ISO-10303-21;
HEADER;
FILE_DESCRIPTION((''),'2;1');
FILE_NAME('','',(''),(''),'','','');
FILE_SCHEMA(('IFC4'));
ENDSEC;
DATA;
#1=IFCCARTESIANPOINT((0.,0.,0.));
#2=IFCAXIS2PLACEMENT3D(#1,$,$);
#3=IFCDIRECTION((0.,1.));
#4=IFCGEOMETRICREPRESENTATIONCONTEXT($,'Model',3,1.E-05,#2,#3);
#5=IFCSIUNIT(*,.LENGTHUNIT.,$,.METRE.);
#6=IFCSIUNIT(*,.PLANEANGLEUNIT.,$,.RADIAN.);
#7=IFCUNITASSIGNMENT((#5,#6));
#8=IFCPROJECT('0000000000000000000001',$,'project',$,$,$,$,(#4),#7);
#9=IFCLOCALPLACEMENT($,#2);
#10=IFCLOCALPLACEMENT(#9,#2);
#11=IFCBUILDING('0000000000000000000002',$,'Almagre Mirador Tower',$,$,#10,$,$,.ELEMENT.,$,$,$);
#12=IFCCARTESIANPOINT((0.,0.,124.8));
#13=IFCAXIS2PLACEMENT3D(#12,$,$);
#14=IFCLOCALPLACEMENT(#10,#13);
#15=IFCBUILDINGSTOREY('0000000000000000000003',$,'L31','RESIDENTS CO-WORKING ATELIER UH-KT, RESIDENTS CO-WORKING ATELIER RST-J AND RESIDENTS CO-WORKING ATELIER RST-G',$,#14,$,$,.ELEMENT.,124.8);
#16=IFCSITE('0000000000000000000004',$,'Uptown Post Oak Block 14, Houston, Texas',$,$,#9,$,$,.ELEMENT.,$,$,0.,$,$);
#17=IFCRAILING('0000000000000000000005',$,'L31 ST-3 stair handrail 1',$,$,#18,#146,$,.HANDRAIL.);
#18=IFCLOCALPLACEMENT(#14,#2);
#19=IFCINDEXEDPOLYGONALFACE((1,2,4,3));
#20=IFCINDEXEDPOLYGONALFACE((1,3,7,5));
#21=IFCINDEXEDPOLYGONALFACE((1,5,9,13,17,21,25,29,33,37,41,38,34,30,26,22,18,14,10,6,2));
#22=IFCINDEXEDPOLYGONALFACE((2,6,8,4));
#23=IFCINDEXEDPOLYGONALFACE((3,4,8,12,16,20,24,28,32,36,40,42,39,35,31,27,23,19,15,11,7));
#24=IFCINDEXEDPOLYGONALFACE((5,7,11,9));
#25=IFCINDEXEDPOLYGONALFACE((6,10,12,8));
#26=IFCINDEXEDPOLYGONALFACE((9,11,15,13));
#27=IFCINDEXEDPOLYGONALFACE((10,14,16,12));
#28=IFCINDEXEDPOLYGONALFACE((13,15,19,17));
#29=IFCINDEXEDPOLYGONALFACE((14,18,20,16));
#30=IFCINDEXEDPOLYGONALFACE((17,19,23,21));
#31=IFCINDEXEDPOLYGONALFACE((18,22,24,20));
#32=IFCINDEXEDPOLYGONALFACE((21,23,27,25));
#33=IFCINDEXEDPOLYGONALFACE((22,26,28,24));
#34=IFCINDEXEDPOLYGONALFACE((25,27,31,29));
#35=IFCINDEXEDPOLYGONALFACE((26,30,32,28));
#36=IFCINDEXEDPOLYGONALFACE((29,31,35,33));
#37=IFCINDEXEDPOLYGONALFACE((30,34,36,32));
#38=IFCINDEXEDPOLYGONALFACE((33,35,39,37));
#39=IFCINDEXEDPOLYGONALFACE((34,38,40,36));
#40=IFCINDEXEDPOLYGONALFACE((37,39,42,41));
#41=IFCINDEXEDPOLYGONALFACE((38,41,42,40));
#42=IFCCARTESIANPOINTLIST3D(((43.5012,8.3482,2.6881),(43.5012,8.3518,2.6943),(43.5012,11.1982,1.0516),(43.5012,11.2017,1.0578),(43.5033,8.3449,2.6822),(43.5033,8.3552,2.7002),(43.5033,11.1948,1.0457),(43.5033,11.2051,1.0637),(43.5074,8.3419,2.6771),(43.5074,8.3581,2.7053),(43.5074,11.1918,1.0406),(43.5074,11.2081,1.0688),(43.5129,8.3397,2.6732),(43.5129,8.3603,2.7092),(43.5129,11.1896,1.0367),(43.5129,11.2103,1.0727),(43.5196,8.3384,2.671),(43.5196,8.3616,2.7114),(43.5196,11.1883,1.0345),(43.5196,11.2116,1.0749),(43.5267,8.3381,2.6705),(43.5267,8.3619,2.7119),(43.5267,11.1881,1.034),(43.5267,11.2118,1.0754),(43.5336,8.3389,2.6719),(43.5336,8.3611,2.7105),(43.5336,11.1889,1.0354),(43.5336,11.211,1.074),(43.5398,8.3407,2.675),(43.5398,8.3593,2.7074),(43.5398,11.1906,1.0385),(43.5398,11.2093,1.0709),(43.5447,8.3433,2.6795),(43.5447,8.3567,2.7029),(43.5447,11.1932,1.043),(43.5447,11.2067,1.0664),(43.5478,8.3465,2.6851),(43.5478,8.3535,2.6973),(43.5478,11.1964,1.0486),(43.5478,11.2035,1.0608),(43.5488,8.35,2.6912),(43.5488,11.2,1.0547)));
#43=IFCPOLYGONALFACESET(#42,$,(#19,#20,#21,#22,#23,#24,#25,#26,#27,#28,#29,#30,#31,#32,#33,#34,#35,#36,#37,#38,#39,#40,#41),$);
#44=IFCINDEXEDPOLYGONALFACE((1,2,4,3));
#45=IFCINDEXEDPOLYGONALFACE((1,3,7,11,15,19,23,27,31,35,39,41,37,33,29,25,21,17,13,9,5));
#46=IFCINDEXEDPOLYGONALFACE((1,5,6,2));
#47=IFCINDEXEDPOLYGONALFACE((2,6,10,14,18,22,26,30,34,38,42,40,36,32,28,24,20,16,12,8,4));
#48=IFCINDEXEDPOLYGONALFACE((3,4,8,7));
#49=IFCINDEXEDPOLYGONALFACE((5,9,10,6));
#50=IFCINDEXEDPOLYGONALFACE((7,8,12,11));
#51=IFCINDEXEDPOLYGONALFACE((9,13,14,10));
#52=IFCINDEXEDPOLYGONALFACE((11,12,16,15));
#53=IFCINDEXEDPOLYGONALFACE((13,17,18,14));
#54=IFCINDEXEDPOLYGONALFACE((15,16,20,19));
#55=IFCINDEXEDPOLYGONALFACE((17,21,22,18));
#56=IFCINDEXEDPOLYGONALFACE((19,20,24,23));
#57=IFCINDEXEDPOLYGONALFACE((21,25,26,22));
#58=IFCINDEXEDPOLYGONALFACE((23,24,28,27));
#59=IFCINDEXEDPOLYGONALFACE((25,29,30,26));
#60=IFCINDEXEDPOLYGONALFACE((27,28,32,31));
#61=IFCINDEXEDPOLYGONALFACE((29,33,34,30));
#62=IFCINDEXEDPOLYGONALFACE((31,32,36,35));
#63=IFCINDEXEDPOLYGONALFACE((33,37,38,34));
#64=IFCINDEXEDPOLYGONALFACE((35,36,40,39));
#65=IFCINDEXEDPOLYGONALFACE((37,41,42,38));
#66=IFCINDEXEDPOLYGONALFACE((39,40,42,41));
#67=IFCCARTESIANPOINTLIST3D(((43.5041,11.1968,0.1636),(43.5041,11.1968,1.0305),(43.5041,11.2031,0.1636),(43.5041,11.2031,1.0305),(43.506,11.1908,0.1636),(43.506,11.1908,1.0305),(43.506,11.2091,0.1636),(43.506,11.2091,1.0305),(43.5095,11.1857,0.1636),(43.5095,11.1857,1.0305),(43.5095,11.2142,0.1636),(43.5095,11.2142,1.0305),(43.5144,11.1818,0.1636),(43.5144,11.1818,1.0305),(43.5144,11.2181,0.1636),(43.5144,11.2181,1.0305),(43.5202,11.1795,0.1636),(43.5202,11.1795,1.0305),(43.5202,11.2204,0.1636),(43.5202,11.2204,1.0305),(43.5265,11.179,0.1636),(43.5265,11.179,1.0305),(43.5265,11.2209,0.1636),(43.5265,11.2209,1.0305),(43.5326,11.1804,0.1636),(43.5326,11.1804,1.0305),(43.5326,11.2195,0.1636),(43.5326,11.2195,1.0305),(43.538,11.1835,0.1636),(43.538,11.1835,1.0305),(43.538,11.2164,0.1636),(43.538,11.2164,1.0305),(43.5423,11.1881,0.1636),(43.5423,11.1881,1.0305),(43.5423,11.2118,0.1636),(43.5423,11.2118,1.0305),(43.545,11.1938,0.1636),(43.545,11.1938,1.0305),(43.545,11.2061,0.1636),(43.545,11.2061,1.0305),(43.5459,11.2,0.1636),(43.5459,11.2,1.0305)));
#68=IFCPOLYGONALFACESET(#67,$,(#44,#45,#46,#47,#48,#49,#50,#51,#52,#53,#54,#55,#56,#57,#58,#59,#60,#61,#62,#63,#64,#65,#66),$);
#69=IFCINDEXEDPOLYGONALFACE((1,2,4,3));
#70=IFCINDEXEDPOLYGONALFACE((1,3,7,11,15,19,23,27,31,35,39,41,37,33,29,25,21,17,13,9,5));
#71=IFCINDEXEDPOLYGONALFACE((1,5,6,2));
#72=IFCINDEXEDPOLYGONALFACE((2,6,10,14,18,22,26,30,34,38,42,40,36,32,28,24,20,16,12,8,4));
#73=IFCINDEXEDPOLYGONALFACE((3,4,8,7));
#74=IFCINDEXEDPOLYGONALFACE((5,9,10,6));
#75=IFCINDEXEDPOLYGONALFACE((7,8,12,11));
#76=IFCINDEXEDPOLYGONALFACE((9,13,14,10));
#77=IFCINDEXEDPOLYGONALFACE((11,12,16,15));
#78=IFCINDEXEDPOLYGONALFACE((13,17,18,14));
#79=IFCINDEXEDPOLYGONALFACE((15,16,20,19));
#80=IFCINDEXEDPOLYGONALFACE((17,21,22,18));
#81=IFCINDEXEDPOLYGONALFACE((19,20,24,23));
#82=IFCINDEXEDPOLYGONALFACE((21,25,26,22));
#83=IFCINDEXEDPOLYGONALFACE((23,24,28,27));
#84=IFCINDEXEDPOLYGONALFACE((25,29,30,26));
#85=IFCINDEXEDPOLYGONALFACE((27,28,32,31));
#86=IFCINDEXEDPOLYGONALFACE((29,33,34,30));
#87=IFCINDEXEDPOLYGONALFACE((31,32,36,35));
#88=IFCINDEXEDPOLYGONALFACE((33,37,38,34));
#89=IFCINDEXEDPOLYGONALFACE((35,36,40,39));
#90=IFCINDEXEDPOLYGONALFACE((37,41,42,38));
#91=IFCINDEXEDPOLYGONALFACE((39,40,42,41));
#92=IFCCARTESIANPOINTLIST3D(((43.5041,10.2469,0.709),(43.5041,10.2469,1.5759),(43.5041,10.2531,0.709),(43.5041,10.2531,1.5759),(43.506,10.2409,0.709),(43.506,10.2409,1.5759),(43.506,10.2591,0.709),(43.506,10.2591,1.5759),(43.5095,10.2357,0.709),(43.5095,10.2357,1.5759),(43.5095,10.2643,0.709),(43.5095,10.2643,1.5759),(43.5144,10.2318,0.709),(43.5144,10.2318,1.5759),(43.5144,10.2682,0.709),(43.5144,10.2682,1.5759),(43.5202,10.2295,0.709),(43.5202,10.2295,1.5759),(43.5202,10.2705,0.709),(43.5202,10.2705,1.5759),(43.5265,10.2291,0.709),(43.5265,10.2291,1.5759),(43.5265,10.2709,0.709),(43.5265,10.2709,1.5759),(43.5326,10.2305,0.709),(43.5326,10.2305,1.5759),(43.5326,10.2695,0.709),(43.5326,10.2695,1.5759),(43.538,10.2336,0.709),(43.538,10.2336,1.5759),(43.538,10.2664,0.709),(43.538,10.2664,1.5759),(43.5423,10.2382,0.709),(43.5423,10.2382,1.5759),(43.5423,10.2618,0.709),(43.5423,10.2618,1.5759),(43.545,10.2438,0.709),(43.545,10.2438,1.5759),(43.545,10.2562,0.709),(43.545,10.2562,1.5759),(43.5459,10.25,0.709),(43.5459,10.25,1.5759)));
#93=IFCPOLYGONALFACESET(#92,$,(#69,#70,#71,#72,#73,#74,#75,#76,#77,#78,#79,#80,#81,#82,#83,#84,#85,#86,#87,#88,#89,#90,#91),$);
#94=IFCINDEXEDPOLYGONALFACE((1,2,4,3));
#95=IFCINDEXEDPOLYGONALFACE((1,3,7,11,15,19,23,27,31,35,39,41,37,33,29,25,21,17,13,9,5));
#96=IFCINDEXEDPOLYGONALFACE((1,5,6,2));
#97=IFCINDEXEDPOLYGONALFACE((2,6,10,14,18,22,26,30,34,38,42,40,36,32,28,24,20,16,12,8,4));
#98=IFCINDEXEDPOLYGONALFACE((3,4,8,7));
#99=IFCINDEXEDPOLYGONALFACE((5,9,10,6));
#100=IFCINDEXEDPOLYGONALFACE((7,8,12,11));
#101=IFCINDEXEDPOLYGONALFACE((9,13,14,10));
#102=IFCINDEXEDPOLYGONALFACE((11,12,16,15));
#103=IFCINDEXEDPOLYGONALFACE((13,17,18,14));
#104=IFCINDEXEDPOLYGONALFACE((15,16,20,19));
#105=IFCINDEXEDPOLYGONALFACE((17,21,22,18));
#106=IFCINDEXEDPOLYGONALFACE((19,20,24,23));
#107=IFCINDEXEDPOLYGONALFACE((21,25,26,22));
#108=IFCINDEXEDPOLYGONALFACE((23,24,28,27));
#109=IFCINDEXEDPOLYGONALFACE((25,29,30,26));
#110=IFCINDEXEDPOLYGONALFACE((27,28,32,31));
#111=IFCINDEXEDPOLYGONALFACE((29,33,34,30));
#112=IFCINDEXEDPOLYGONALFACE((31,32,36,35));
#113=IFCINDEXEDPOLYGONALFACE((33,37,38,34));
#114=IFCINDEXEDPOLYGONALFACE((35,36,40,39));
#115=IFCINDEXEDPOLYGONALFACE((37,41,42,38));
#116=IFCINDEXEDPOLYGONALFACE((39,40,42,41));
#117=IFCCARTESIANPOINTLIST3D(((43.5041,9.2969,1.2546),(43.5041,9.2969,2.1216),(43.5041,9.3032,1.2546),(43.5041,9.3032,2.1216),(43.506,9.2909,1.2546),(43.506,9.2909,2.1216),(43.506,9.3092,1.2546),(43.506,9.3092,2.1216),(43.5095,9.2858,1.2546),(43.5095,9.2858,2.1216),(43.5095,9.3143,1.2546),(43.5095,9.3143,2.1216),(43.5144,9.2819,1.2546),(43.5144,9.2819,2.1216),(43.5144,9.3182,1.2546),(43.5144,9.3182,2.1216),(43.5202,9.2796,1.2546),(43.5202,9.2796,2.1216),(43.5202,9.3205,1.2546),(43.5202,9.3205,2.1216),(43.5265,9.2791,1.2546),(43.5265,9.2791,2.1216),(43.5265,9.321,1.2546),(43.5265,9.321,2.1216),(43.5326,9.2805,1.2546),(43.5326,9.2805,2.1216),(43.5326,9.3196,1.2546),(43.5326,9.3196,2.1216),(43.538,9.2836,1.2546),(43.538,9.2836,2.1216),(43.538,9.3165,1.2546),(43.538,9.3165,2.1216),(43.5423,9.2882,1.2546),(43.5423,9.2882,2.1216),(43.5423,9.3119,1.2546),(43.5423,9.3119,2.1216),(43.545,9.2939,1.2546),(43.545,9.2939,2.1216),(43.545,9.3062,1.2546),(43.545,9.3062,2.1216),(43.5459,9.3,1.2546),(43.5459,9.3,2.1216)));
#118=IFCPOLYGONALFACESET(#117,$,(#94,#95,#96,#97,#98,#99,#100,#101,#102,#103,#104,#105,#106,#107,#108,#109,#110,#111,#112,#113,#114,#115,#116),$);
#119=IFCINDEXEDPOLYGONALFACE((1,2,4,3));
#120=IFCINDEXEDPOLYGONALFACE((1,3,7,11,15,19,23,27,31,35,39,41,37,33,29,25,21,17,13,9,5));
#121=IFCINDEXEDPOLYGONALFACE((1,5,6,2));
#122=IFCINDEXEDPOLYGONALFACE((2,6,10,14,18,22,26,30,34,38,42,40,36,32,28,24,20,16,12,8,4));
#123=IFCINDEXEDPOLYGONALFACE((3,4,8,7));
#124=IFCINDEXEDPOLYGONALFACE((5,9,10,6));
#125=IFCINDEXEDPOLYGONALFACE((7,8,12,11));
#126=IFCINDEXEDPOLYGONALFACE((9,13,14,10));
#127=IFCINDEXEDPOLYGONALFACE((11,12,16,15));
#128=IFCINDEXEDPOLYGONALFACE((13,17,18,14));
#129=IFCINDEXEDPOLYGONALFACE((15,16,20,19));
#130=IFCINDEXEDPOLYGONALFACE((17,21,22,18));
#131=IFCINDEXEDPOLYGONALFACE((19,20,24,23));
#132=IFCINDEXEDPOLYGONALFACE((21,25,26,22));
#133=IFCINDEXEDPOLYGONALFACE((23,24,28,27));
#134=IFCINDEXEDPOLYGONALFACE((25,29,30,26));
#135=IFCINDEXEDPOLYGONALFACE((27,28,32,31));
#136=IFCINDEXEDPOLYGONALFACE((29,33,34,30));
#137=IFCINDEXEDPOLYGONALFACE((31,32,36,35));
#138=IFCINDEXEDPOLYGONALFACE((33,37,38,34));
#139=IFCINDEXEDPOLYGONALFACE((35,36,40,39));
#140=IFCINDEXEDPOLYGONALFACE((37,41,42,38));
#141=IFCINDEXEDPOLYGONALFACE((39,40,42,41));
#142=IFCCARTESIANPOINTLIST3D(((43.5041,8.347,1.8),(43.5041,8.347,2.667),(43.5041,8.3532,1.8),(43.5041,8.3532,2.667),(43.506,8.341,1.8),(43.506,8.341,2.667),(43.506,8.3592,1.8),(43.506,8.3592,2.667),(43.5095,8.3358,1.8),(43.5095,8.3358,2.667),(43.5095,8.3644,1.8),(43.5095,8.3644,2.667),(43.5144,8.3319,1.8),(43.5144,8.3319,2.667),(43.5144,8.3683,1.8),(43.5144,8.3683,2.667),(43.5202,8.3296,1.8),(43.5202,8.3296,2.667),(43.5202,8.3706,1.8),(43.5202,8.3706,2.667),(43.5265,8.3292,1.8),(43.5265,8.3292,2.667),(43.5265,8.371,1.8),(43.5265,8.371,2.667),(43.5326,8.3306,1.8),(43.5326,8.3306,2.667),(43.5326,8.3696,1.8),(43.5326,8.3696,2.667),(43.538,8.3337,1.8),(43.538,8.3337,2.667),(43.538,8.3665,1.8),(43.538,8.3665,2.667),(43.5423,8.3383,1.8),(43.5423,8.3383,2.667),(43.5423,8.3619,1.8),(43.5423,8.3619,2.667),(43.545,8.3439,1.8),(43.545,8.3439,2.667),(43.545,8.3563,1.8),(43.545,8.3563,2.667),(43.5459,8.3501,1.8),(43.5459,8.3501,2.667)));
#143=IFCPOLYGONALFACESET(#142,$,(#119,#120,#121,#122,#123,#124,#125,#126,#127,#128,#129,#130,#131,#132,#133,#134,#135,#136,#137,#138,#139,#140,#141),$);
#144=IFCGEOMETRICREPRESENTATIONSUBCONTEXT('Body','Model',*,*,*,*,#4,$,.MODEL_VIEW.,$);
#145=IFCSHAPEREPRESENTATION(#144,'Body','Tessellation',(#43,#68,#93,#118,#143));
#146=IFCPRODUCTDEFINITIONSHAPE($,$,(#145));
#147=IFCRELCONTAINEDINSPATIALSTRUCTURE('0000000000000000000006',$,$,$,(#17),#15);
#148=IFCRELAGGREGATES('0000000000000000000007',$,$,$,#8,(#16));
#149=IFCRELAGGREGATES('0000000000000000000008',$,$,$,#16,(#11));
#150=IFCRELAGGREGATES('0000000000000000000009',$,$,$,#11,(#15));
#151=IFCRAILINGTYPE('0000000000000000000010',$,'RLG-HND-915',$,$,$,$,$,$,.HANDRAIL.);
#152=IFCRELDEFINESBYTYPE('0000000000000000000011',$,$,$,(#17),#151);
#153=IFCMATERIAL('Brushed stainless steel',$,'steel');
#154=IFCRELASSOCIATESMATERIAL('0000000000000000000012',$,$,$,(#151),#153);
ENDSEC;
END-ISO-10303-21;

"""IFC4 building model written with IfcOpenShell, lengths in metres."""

from ifc_helpers import new_model, si_unit, direction, frame, origin, origin_2d, place, context, subcontext, project, spatial, circle, extrude, material, type_object, element, save


model = new_model("IFC4")

# Units and contexts
model_context = context("Model", 3, precision=1e-05, world=origin(), true_north=direction((0.0, 1.0)))
body_context = subcontext(model_context, "Body", "Model", "MODEL_VIEW")
ifc_project = project(units=[si_unit("LENGTHUNIT", "METRE"), si_unit("PLANEANGLEUNIT", "RADIAN")], contexts=[model_context])

# Site, building, storey
site_placement = place(None, origin())
site = spatial("IfcSite", under=ifc_project, at=site_placement, Name="Uptown Post Oak Block 14, Houston, Texas", CompositionType="ELEMENT", RefElevation=0.0)
building_placement = place(site_placement, origin())
building = spatial("IfcBuilding", under=site, at=building_placement, Name="Almagre Mirador Tower", CompositionType="ELEMENT")
storey_placement = place(building_placement, frame((0.0, 0.0, 124.8)))
storey = spatial("IfcBuildingStorey", under=building, at=storey_placement, Name="L31", Description="RESIDENTS CO-WORKING ATELIER UH-KT, RESIDENTS CO-WORKING ATELIER RST-J AND RESIDENTS CO-WORKING ATELIER RST-G", CompositionType="ELEMENT", Elevation=124.8)

# Railing
ifc_material_1 = material(Name="Brushed stainless steel", Category="steel")
railing_type_1 = type_object("IfcRailingType", Name="RLG-HND-915", PredefinedType="HANDRAIL", material=ifc_material_1)
railing_1_placement = place(storey_placement, frame((43.5249, 11.2, 0.1636)))
element("IfcRailing", 1, at=railing_1_placement, inside=storey, type_object=railing_type_1, Name="L31 ST-3 stair handrail 1", PredefinedType="HANDRAIL", context=body_context, shape_type="SweptSolid", body=[
    extrude(circle(Radius=0.0239, at=origin_2d()), frame((0.0, 0.0, 0.8911), z_axis=(0.0, -0.867194, 0.49797), x_axis=(1.0, 0.0, 0.0)), (0.0, 0.0, 1.0), 3.2864),
    extrude(circle(Radius=0.021, at=origin_2d()), origin(), (0.0, 0.0, 1.0), 0.8669),
    extrude(circle(Radius=0.021, at=origin_2d()), frame((0.0, -0.95, 0.5454)), (0.0, 0.0, 1.0), 0.8669),
    extrude(circle(Radius=0.021, at=origin_2d()), frame((0.0, -1.8999, 1.0911)), (0.0, 0.0, 1.0), 0.8669),
    extrude(circle(Radius=0.021, at=origin_2d()), frame((0.0, -2.8499, 1.6365)), (0.0, 0.0, 1.0), 0.8669),
])

save(model, "model.ifc")
